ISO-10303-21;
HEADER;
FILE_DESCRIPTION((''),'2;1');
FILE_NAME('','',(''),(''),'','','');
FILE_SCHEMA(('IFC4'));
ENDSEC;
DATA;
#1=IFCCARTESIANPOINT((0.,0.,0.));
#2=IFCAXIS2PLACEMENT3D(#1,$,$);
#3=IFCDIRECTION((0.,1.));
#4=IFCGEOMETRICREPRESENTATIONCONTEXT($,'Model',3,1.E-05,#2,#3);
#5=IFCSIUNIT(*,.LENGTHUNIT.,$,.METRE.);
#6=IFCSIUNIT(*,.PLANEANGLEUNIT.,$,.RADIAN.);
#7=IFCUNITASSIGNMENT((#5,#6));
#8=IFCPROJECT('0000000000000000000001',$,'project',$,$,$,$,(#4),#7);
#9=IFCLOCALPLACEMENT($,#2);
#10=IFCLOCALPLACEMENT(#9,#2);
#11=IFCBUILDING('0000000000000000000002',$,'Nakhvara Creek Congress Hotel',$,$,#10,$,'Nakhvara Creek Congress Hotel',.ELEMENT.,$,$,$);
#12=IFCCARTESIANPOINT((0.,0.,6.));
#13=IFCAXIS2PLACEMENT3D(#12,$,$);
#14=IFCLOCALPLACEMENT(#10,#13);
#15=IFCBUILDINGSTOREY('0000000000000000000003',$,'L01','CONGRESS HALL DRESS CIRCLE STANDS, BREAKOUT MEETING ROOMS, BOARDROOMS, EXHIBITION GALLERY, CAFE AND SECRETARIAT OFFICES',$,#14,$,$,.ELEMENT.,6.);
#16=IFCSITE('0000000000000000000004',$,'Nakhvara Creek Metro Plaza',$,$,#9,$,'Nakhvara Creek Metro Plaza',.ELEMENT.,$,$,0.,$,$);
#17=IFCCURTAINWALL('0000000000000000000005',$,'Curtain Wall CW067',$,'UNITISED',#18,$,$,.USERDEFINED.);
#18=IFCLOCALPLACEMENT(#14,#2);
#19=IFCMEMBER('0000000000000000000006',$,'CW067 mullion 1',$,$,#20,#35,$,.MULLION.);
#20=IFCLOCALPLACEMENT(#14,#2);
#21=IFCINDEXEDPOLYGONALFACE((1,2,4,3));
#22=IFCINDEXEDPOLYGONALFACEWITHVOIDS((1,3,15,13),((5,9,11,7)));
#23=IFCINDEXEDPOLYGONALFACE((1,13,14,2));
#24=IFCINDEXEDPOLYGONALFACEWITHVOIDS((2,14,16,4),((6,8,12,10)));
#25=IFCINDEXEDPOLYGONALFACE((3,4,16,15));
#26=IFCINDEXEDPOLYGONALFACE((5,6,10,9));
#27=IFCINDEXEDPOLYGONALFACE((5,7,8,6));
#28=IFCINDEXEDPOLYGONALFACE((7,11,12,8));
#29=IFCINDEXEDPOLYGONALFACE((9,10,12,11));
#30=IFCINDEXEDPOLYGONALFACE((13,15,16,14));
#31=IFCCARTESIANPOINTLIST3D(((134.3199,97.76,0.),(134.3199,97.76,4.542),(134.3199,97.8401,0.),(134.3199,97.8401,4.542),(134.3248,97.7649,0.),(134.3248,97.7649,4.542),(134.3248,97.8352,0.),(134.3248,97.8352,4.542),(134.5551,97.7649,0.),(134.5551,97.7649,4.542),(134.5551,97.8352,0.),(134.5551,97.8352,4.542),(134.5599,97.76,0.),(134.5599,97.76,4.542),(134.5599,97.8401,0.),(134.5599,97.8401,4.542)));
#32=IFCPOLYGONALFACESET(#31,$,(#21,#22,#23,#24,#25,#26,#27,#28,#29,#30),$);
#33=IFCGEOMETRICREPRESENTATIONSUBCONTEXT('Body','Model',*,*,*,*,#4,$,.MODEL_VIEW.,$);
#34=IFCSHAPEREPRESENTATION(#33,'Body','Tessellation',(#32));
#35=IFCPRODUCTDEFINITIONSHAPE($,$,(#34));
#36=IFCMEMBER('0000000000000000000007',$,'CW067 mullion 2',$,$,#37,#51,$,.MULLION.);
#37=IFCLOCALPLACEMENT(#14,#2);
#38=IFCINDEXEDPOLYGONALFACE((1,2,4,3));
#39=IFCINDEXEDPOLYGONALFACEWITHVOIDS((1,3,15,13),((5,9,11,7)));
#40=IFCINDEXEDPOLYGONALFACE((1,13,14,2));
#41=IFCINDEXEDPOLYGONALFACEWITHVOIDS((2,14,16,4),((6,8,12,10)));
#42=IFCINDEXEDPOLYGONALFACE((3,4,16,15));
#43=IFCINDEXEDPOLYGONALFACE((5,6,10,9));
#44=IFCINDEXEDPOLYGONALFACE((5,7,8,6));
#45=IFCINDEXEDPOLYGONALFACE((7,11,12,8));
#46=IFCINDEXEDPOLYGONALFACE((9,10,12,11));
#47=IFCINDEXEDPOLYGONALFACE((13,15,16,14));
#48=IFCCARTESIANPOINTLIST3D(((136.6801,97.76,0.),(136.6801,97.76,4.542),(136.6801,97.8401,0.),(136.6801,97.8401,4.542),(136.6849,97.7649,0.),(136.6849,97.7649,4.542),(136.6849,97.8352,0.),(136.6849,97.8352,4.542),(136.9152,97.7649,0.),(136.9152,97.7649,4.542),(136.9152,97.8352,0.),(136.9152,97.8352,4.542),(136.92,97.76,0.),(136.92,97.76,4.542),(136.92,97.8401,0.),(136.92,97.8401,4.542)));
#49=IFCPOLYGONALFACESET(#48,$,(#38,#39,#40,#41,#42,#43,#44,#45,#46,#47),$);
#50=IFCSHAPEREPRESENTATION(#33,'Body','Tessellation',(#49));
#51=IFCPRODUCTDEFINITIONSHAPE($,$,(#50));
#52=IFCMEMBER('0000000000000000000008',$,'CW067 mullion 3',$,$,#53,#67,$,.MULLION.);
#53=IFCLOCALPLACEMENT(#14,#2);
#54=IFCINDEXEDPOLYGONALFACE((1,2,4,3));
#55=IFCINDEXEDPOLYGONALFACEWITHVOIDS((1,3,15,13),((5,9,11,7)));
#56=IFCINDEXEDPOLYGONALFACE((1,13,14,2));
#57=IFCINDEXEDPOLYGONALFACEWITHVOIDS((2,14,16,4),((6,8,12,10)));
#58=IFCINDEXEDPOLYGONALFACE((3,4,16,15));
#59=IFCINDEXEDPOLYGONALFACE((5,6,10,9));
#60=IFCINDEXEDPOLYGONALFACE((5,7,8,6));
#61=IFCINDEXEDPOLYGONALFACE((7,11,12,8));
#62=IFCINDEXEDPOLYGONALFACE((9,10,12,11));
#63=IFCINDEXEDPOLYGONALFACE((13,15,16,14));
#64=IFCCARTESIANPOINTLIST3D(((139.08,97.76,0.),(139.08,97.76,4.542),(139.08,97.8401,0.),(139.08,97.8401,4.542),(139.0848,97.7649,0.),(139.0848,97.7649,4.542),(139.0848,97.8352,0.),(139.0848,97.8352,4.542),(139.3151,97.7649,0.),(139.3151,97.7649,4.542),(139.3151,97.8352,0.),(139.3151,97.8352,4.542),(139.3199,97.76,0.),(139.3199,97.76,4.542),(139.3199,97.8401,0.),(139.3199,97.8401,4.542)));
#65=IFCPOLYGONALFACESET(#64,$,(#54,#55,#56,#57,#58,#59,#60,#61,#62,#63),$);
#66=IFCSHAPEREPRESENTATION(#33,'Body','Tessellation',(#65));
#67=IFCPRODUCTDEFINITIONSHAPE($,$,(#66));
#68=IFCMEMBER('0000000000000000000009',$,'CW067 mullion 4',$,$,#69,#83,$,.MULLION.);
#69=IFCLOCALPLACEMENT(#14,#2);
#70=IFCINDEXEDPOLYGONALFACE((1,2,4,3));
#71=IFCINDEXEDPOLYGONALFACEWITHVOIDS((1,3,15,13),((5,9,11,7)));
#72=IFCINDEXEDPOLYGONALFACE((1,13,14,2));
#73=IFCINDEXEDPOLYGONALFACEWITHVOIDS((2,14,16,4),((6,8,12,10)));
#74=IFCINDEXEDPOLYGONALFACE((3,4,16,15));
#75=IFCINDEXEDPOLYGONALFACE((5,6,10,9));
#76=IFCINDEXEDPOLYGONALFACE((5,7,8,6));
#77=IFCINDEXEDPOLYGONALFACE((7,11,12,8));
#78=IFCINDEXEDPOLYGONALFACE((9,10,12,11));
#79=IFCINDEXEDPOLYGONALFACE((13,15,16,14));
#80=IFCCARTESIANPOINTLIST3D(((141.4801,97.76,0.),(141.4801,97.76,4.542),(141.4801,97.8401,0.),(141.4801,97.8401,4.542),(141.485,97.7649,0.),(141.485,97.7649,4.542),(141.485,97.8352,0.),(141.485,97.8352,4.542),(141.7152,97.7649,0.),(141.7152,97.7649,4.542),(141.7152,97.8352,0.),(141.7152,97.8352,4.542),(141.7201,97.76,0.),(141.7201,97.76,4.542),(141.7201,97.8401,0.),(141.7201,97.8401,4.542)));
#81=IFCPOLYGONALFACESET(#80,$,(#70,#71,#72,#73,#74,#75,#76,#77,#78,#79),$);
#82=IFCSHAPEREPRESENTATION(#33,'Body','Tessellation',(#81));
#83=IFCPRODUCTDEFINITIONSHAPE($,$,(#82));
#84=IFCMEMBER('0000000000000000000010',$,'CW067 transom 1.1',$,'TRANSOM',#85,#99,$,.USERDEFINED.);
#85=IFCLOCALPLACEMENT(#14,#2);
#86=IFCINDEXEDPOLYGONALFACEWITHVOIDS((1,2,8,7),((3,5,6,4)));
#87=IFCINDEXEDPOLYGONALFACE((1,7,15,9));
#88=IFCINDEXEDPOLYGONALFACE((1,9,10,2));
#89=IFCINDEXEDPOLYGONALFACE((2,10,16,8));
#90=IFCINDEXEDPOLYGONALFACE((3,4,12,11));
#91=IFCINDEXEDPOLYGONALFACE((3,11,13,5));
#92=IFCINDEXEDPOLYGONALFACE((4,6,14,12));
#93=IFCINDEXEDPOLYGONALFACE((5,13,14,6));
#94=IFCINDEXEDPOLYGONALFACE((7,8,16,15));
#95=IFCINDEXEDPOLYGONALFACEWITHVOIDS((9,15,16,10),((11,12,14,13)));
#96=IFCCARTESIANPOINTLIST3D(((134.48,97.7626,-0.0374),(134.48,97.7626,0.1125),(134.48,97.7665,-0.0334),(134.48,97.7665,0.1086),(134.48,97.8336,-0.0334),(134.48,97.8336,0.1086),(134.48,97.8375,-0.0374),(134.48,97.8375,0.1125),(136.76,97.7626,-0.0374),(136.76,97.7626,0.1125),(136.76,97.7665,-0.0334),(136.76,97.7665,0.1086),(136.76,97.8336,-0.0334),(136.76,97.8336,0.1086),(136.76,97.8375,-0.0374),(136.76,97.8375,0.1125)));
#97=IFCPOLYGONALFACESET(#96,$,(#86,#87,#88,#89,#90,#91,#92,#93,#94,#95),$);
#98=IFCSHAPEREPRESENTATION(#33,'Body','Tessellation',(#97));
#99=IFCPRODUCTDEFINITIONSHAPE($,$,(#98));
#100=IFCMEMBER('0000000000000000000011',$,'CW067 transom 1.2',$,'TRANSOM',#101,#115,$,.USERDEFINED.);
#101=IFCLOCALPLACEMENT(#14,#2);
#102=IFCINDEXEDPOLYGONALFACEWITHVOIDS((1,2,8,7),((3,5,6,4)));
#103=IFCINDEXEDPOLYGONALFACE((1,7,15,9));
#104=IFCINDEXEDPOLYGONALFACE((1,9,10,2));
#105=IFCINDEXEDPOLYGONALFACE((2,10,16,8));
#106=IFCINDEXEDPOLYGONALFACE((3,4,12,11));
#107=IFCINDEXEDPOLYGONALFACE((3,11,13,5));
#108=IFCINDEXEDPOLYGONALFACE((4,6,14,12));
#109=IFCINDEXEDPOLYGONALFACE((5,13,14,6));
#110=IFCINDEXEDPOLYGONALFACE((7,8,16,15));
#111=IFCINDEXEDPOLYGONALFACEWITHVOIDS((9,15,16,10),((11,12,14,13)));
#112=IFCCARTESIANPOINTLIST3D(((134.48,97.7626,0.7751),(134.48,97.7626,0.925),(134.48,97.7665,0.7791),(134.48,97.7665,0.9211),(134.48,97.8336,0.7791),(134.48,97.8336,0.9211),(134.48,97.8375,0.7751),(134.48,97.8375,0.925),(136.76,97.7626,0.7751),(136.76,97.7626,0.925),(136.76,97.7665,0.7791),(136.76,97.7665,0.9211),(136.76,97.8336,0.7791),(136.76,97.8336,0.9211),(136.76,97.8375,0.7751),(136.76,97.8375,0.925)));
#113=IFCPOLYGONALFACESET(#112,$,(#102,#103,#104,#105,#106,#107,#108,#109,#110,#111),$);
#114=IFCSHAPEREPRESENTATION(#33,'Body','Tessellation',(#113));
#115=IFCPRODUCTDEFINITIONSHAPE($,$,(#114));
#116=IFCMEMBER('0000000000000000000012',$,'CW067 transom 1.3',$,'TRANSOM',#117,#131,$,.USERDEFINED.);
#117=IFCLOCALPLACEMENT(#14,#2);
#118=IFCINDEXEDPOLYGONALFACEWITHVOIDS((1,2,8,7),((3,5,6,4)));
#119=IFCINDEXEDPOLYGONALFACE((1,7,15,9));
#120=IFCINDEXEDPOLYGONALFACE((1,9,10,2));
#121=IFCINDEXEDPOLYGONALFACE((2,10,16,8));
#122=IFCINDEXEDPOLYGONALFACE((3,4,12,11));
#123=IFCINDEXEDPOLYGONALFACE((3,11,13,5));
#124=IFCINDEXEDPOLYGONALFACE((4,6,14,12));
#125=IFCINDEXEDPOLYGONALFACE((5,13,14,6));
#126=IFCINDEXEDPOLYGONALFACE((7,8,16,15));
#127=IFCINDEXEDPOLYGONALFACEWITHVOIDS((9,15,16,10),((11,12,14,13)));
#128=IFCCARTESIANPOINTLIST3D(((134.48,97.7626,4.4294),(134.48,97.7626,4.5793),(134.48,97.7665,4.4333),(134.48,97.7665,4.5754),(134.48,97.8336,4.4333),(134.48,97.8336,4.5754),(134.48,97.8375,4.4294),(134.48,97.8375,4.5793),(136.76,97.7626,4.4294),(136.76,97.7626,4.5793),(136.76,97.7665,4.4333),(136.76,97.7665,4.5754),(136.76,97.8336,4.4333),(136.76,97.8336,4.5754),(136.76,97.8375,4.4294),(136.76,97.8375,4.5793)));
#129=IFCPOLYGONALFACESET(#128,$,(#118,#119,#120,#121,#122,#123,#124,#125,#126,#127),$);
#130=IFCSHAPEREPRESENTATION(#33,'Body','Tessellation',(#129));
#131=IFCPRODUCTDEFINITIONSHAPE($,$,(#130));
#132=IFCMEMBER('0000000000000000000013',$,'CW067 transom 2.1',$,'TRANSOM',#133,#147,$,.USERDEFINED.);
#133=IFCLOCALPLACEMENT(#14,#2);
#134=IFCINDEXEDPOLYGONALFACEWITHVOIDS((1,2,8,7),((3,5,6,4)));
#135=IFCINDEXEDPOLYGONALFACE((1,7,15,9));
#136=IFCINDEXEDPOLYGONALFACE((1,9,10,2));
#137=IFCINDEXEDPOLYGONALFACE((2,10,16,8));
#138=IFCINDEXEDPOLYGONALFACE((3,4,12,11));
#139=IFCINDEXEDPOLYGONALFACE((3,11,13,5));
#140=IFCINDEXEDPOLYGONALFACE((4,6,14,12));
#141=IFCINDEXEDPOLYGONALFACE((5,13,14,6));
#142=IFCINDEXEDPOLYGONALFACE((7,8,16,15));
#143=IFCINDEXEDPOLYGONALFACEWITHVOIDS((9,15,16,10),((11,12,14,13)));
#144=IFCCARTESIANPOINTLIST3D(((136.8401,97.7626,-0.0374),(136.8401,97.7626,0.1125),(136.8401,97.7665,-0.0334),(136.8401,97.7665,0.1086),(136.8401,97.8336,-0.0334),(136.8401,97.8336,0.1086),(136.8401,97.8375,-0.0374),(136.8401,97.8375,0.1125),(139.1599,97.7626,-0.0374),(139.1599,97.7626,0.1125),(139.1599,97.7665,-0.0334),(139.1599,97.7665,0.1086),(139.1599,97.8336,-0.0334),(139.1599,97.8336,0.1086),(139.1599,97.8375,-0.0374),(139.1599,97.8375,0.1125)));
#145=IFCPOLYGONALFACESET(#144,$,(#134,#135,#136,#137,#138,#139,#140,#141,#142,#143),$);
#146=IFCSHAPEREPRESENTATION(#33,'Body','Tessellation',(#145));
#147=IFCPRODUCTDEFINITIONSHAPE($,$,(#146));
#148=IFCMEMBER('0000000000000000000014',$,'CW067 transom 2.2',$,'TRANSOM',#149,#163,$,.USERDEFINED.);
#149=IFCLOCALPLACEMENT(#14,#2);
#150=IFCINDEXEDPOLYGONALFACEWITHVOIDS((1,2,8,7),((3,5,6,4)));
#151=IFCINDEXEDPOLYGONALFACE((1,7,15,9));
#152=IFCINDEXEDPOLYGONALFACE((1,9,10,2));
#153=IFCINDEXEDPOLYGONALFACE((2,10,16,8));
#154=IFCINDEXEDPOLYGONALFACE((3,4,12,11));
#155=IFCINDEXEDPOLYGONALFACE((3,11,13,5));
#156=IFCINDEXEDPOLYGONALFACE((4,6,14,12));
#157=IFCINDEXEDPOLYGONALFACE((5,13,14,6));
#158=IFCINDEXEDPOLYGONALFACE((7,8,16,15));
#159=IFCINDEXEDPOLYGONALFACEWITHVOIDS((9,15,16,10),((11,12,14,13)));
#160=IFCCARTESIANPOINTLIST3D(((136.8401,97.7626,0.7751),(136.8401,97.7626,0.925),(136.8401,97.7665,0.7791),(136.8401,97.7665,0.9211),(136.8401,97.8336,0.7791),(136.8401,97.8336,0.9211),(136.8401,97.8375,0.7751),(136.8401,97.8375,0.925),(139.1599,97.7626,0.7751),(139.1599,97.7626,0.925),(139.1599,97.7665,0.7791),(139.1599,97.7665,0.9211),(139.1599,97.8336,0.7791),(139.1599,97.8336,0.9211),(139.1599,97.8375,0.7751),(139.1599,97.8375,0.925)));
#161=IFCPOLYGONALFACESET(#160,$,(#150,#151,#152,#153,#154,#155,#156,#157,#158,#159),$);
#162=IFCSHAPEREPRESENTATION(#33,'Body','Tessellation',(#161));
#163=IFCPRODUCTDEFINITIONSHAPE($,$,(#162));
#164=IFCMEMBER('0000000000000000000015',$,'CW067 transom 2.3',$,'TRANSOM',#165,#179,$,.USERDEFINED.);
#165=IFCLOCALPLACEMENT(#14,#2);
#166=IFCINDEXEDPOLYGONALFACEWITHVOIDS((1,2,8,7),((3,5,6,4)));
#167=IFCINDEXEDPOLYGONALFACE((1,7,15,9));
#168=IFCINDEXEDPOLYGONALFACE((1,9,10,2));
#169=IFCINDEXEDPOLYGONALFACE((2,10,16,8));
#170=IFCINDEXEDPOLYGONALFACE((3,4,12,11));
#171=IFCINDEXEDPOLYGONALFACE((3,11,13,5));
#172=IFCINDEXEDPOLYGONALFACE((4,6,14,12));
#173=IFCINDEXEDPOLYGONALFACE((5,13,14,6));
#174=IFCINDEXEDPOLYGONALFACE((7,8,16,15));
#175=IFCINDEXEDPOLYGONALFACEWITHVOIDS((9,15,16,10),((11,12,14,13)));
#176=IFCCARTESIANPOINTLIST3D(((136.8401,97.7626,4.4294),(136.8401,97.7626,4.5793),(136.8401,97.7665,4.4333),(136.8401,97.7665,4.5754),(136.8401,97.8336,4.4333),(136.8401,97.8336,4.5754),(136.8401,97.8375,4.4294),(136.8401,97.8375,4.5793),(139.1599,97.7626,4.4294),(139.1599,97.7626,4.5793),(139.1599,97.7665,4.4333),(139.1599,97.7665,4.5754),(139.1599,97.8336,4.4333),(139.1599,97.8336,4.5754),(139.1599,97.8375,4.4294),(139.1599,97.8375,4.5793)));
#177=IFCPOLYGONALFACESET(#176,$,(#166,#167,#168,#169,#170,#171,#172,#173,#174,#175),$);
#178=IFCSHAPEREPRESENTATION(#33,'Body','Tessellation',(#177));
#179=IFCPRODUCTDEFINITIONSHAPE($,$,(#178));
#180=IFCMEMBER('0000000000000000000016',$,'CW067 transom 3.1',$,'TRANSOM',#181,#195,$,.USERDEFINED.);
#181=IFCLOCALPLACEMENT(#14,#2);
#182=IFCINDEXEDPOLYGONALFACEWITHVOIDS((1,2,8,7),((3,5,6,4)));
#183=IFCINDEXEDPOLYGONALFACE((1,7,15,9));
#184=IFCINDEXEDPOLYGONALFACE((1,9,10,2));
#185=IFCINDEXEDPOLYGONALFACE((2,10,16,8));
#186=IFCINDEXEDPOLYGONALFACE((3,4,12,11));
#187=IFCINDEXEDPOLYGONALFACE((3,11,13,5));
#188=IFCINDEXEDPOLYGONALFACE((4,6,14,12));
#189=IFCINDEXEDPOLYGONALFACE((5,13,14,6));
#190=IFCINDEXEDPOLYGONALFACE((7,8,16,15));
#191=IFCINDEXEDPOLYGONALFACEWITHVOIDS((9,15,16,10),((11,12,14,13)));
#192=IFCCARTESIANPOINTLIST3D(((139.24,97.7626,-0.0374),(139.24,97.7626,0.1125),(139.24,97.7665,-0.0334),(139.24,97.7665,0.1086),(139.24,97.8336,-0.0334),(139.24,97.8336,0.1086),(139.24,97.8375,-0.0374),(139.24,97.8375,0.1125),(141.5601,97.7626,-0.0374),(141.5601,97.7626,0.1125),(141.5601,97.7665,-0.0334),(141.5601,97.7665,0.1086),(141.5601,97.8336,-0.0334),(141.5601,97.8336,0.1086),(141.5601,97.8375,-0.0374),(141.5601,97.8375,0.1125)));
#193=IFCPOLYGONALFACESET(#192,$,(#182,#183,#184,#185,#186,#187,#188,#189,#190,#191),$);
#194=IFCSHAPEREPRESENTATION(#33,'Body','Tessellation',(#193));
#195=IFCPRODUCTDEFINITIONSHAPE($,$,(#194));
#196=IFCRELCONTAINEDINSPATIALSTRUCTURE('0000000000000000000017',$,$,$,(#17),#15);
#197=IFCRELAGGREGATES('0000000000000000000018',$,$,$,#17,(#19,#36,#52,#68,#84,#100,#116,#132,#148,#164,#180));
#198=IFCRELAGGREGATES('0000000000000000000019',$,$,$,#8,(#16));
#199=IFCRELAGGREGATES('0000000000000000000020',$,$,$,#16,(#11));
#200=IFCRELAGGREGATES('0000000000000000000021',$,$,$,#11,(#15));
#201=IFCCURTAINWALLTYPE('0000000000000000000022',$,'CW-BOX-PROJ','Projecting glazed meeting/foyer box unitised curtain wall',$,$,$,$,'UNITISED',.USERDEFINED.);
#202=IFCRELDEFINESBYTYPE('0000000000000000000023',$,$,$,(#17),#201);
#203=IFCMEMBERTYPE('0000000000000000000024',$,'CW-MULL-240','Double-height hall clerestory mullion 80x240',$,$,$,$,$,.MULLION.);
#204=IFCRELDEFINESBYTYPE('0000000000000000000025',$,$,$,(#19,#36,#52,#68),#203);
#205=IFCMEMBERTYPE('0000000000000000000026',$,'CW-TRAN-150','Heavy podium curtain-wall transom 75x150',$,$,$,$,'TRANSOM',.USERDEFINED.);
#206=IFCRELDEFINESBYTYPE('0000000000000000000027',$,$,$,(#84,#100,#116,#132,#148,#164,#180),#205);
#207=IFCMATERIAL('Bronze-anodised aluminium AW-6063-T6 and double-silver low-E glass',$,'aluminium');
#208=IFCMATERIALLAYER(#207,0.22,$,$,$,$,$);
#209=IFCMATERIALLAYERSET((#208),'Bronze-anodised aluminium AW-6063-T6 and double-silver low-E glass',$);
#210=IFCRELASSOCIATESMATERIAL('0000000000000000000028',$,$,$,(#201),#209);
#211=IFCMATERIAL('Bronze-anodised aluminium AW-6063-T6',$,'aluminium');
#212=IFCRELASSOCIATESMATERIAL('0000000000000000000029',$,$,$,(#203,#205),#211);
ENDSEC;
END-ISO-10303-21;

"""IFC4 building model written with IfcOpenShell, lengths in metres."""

from ifc_helpers import new_model, si_unit, direction, frame, origin, origin_2d, place, context, subcontext, project, spatial, hollow_rectangle, extrude, material, layer, layer_set, material_profile, profile_set, type_object, element, aggregate, save


model = new_model("IFC4")

# Units and contexts
model_context = context("Model", 3, precision=1e-05, world=origin(), true_north=direction((0.0, 1.0)))
body_context = subcontext(model_context, "Body", "Model", "MODEL_VIEW")
ifc_project = project(units=[si_unit("LENGTHUNIT", "METRE"), si_unit("PLANEANGLEUNIT", "RADIAN")], contexts=[model_context])

# Site, building, storey
site_placement = place(None, origin())
site = spatial("IfcSite", under=ifc_project, at=site_placement, Name="Nakhvara Creek Metro Plaza", LongName="Nakhvara Creek Metro Plaza", CompositionType="ELEMENT", RefElevation=0.0)
building_placement = place(site_placement, origin())
building = spatial("IfcBuilding", under=site, at=building_placement, Name="Nakhvara Creek Congress Hotel", LongName="Nakhvara Creek Congress Hotel", CompositionType="ELEMENT")
storey_placement = place(building_placement, frame((0.0, 0.0, 6.0)))
storey = spatial("IfcBuildingStorey", under=building, at=storey_placement, Name="L01", Description="CONGRESS HALL DRESS CIRCLE STANDS, BREAKOUT MEETING ROOMS, BOARDROOMS, EXHIBITION GALLERY, CAFE AND SECRETARIAT OFFICES", CompositionType="ELEMENT", Elevation=6.0)

# Curtain wall, members
ifc_material_1 = material(Name="Bronze-anodised aluminium AW-6063-T6 and double-silver low-E glass", Category="aluminium")
ifc_layer_1 = layer(ifc_material_1, 0.22)
ifc_layer_set_1 = layer_set([ifc_layer_1], Name="Bronze-anodised aluminium AW-6063-T6 and double-silver low-E glass")
curtain_wall_type = type_object("IfcCurtainWallType", Name="CW-BOX-PROJ", Description="Projecting glazed meeting/foyer box unitised curtain wall", ElementType="UNITISED", PredefinedType="USERDEFINED", material=ifc_layer_set_1)
curtain_wall_placement = place(storey_placement, origin())
curtain_wall = element("IfcCurtainWall", 1, at=curtain_wall_placement, inside=storey, type_object=curtain_wall_type, Name="Curtain Wall CW067", ObjectType="UNITISED", PredefinedType="USERDEFINED")
ifc_material_2 = material(Name="Bronze-anodised aluminium AW-6063-T6", Category="aluminium")
ifc_material_profile_1 = material_profile(ifc_material_2, hollow_rectangle(XDim=0.0801, YDim=0.24, WallThickness=0.0049, at=origin_2d()), Name="ALU-MULL 80x240x5", Category="LoadBearing")
ifc_profile_set_1 = profile_set([ifc_material_profile_1], Name="Bronze-anodised aluminium AW-6063-T6")
member_type_1 = type_object("IfcMemberType", Name="CW-MULL-240", Description="Double-height hall clerestory mullion 80x240", PredefinedType="MULLION", material=ifc_profile_set_1)
member_1_placement = place(storey_placement, frame((134.4399, 97.8, 0.0), z_axis=(0.0, 0.0, 1.0), x_axis=(0.0, 1.0, 0.0)))
member_1 = element("IfcMember", 2, at=member_1_placement, type_object=member_type_1, Name="CW067 mullion 1", PredefinedType="MULLION", context=body_context, shape_type="SweptSolid", body=[
    extrude(hollow_rectangle(XDim=0.0801, YDim=0.24, WallThickness=0.0049, at=origin_2d()), origin(), (0.0, 0.0, 1.0), 4.542),
])
member_2_placement = place(storey_placement, frame((136.8, 97.8, 0.0), z_axis=(0.0, 0.0, 1.0), x_axis=(0.0, 1.0, 0.0)))
member_2 = element("IfcMember", 3, at=member_2_placement, type_object=member_type_1, Name="CW067 mullion 2", PredefinedType="MULLION", context=body_context, shape_type="SweptSolid", body=[
    extrude(hollow_rectangle(XDim=0.0801, YDim=0.24, WallThickness=0.0049, at=origin_2d()), origin(), (0.0, 0.0, 1.0), 4.542),
])
member_3_placement = place(storey_placement, frame((139.2, 97.8, 0.0), z_axis=(0.0, 0.0, 1.0), x_axis=(0.0, 1.0, 0.0)))
member_3 = element("IfcMember", 4, at=member_3_placement, type_object=member_type_1, Name="CW067 mullion 3", PredefinedType="MULLION", context=body_context, shape_type="SweptSolid", body=[
    extrude(hollow_rectangle(XDim=0.0801, YDim=0.24, WallThickness=0.0049, at=origin_2d()), origin(), (0.0, 0.0, 1.0), 4.542),
])
member_4_placement = place(storey_placement, frame((141.6001, 97.8, 0.0), z_axis=(0.0, 0.0, 1.0), x_axis=(0.0, 1.0, 0.0)))
member_4 = element("IfcMember", 5, at=member_4_placement, type_object=member_type_1, Name="CW067 mullion 4", PredefinedType="MULLION", context=body_context, shape_type="SweptSolid", body=[
    extrude(hollow_rectangle(XDim=0.0801, YDim=0.24, WallThickness=0.0049, at=origin_2d()), origin(), (0.0, 0.0, 1.0), 4.542),
])
ifc_material_profile_2 = material_profile(ifc_material_2, hollow_rectangle(XDim=0.075, YDim=0.1499, WallThickness=0.0039, at=origin_2d()), Name="ALU-TRAN 75x150x4", Category="LoadBearing")
ifc_profile_set_2 = profile_set([ifc_material_profile_2], Name="Bronze-anodised aluminium AW-6063-T6")
member_type_2 = type_object("IfcMemberType", Name="CW-TRAN-150", Description="Heavy podium curtain-wall transom 75x150", ElementType="TRANSOM", PredefinedType="USERDEFINED", material=ifc_profile_set_2)
member_5_placement = place(storey_placement, frame((134.48, 97.8, 0.0376), z_axis=(1.0, 0.0, 0.0), x_axis=(0.0, 1.0, 0.0)))
member_5 = element("IfcMember", 6, at=member_5_placement, type_object=member_type_2, Name="CW067 transom 1.1", ObjectType="TRANSOM", PredefinedType="USERDEFINED", context=body_context, shape_type="SweptSolid", body=[
    extrude(hollow_rectangle(XDim=0.075, YDim=0.1499, WallThickness=0.0039, at=origin_2d()), origin(), (0.0, 0.0, 1.0), 2.28),
])
member_6_placement = place(storey_placement, frame((134.48, 97.8, 0.8501), z_axis=(1.0, 0.0, 0.0), x_axis=(0.0, 1.0, 0.0)))
member_6 = element("IfcMember", 7, at=member_6_placement, type_object=member_type_2, Name="CW067 transom 1.2", ObjectType="TRANSOM", PredefinedType="USERDEFINED", context=body_context, shape_type="SweptSolid", body=[
    extrude(hollow_rectangle(XDim=0.075, YDim=0.1499, WallThickness=0.0039, at=origin_2d()), origin(), (0.0, 0.0, 1.0), 2.28),
])
member_7_placement = place(storey_placement, frame((134.48, 97.8, 4.5044), z_axis=(1.0, 0.0, 0.0), x_axis=(0.0, 1.0, 0.0)))
member_7 = element("IfcMember", 8, at=member_7_placement, type_object=member_type_2, Name="CW067 transom 1.3", ObjectType="TRANSOM", PredefinedType="USERDEFINED", context=body_context, shape_type="SweptSolid", body=[
    extrude(hollow_rectangle(XDim=0.075, YDim=0.1499, WallThickness=0.0039, at=origin_2d()), origin(), (0.0, 0.0, 1.0), 2.28),
])
member_8_placement = place(storey_placement, frame((136.8401, 97.8, 0.0376), z_axis=(1.0, 0.0, 0.0), x_axis=(0.0, 1.0, 0.0)))
member_8 = element("IfcMember", 9, at=member_8_placement, type_object=member_type_2, Name="CW067 transom 2.1", ObjectType="TRANSOM", PredefinedType="USERDEFINED", context=body_context, shape_type="SweptSolid", body=[
    extrude(hollow_rectangle(XDim=0.075, YDim=0.1499, WallThickness=0.0039, at=origin_2d()), origin(), (0.0, 0.0, 1.0), 2.3198),
])
member_9_placement = place(storey_placement, frame((136.8401, 97.8, 0.8501), z_axis=(1.0, 0.0, 0.0), x_axis=(0.0, 1.0, 0.0)))
member_9 = element("IfcMember", 10, at=member_9_placement, type_object=member_type_2, Name="CW067 transom 2.2", ObjectType="TRANSOM", PredefinedType="USERDEFINED", context=body_context, shape_type="SweptSolid", body=[
    extrude(hollow_rectangle(XDim=0.075, YDim=0.1499, WallThickness=0.0039, at=origin_2d()), origin(), (0.0, 0.0, 1.0), 2.3198),
])
member_10_placement = place(storey_placement, frame((136.8401, 97.8, 4.5044), z_axis=(1.0, 0.0, 0.0), x_axis=(0.0, 1.0, 0.0)))
member_10 = element("IfcMember", 11, at=member_10_placement, type_object=member_type_2, Name="CW067 transom 2.3", ObjectType="TRANSOM", PredefinedType="USERDEFINED", context=body_context, shape_type="SweptSolid", body=[
    extrude(hollow_rectangle(XDim=0.075, YDim=0.1499, WallThickness=0.0039, at=origin_2d()), origin(), (0.0, 0.0, 1.0), 2.3198),
])
member_11_placement = place(storey_placement, frame((139.24, 97.8, 0.0376), z_axis=(1.0, 0.0, 0.0), x_axis=(0.0, 1.0, 0.0)))
member_11 = element("IfcMember", 12, at=member_11_placement, type_object=member_type_2, Name="CW067 transom 3.1", ObjectType="TRANSOM", PredefinedType="USERDEFINED", context=body_context, shape_type="SweptSolid", body=[
    extrude(hollow_rectangle(XDim=0.075, YDim=0.1499, WallThickness=0.0039, at=origin_2d()), origin(), (0.0, 0.0, 1.0), 2.3201),
])
aggregate(curtain_wall, [member_1, member_2, member_3, member_4, member_5, member_6, member_7, member_8, member_9, member_10, member_11])

save(model, "model.ifc")
